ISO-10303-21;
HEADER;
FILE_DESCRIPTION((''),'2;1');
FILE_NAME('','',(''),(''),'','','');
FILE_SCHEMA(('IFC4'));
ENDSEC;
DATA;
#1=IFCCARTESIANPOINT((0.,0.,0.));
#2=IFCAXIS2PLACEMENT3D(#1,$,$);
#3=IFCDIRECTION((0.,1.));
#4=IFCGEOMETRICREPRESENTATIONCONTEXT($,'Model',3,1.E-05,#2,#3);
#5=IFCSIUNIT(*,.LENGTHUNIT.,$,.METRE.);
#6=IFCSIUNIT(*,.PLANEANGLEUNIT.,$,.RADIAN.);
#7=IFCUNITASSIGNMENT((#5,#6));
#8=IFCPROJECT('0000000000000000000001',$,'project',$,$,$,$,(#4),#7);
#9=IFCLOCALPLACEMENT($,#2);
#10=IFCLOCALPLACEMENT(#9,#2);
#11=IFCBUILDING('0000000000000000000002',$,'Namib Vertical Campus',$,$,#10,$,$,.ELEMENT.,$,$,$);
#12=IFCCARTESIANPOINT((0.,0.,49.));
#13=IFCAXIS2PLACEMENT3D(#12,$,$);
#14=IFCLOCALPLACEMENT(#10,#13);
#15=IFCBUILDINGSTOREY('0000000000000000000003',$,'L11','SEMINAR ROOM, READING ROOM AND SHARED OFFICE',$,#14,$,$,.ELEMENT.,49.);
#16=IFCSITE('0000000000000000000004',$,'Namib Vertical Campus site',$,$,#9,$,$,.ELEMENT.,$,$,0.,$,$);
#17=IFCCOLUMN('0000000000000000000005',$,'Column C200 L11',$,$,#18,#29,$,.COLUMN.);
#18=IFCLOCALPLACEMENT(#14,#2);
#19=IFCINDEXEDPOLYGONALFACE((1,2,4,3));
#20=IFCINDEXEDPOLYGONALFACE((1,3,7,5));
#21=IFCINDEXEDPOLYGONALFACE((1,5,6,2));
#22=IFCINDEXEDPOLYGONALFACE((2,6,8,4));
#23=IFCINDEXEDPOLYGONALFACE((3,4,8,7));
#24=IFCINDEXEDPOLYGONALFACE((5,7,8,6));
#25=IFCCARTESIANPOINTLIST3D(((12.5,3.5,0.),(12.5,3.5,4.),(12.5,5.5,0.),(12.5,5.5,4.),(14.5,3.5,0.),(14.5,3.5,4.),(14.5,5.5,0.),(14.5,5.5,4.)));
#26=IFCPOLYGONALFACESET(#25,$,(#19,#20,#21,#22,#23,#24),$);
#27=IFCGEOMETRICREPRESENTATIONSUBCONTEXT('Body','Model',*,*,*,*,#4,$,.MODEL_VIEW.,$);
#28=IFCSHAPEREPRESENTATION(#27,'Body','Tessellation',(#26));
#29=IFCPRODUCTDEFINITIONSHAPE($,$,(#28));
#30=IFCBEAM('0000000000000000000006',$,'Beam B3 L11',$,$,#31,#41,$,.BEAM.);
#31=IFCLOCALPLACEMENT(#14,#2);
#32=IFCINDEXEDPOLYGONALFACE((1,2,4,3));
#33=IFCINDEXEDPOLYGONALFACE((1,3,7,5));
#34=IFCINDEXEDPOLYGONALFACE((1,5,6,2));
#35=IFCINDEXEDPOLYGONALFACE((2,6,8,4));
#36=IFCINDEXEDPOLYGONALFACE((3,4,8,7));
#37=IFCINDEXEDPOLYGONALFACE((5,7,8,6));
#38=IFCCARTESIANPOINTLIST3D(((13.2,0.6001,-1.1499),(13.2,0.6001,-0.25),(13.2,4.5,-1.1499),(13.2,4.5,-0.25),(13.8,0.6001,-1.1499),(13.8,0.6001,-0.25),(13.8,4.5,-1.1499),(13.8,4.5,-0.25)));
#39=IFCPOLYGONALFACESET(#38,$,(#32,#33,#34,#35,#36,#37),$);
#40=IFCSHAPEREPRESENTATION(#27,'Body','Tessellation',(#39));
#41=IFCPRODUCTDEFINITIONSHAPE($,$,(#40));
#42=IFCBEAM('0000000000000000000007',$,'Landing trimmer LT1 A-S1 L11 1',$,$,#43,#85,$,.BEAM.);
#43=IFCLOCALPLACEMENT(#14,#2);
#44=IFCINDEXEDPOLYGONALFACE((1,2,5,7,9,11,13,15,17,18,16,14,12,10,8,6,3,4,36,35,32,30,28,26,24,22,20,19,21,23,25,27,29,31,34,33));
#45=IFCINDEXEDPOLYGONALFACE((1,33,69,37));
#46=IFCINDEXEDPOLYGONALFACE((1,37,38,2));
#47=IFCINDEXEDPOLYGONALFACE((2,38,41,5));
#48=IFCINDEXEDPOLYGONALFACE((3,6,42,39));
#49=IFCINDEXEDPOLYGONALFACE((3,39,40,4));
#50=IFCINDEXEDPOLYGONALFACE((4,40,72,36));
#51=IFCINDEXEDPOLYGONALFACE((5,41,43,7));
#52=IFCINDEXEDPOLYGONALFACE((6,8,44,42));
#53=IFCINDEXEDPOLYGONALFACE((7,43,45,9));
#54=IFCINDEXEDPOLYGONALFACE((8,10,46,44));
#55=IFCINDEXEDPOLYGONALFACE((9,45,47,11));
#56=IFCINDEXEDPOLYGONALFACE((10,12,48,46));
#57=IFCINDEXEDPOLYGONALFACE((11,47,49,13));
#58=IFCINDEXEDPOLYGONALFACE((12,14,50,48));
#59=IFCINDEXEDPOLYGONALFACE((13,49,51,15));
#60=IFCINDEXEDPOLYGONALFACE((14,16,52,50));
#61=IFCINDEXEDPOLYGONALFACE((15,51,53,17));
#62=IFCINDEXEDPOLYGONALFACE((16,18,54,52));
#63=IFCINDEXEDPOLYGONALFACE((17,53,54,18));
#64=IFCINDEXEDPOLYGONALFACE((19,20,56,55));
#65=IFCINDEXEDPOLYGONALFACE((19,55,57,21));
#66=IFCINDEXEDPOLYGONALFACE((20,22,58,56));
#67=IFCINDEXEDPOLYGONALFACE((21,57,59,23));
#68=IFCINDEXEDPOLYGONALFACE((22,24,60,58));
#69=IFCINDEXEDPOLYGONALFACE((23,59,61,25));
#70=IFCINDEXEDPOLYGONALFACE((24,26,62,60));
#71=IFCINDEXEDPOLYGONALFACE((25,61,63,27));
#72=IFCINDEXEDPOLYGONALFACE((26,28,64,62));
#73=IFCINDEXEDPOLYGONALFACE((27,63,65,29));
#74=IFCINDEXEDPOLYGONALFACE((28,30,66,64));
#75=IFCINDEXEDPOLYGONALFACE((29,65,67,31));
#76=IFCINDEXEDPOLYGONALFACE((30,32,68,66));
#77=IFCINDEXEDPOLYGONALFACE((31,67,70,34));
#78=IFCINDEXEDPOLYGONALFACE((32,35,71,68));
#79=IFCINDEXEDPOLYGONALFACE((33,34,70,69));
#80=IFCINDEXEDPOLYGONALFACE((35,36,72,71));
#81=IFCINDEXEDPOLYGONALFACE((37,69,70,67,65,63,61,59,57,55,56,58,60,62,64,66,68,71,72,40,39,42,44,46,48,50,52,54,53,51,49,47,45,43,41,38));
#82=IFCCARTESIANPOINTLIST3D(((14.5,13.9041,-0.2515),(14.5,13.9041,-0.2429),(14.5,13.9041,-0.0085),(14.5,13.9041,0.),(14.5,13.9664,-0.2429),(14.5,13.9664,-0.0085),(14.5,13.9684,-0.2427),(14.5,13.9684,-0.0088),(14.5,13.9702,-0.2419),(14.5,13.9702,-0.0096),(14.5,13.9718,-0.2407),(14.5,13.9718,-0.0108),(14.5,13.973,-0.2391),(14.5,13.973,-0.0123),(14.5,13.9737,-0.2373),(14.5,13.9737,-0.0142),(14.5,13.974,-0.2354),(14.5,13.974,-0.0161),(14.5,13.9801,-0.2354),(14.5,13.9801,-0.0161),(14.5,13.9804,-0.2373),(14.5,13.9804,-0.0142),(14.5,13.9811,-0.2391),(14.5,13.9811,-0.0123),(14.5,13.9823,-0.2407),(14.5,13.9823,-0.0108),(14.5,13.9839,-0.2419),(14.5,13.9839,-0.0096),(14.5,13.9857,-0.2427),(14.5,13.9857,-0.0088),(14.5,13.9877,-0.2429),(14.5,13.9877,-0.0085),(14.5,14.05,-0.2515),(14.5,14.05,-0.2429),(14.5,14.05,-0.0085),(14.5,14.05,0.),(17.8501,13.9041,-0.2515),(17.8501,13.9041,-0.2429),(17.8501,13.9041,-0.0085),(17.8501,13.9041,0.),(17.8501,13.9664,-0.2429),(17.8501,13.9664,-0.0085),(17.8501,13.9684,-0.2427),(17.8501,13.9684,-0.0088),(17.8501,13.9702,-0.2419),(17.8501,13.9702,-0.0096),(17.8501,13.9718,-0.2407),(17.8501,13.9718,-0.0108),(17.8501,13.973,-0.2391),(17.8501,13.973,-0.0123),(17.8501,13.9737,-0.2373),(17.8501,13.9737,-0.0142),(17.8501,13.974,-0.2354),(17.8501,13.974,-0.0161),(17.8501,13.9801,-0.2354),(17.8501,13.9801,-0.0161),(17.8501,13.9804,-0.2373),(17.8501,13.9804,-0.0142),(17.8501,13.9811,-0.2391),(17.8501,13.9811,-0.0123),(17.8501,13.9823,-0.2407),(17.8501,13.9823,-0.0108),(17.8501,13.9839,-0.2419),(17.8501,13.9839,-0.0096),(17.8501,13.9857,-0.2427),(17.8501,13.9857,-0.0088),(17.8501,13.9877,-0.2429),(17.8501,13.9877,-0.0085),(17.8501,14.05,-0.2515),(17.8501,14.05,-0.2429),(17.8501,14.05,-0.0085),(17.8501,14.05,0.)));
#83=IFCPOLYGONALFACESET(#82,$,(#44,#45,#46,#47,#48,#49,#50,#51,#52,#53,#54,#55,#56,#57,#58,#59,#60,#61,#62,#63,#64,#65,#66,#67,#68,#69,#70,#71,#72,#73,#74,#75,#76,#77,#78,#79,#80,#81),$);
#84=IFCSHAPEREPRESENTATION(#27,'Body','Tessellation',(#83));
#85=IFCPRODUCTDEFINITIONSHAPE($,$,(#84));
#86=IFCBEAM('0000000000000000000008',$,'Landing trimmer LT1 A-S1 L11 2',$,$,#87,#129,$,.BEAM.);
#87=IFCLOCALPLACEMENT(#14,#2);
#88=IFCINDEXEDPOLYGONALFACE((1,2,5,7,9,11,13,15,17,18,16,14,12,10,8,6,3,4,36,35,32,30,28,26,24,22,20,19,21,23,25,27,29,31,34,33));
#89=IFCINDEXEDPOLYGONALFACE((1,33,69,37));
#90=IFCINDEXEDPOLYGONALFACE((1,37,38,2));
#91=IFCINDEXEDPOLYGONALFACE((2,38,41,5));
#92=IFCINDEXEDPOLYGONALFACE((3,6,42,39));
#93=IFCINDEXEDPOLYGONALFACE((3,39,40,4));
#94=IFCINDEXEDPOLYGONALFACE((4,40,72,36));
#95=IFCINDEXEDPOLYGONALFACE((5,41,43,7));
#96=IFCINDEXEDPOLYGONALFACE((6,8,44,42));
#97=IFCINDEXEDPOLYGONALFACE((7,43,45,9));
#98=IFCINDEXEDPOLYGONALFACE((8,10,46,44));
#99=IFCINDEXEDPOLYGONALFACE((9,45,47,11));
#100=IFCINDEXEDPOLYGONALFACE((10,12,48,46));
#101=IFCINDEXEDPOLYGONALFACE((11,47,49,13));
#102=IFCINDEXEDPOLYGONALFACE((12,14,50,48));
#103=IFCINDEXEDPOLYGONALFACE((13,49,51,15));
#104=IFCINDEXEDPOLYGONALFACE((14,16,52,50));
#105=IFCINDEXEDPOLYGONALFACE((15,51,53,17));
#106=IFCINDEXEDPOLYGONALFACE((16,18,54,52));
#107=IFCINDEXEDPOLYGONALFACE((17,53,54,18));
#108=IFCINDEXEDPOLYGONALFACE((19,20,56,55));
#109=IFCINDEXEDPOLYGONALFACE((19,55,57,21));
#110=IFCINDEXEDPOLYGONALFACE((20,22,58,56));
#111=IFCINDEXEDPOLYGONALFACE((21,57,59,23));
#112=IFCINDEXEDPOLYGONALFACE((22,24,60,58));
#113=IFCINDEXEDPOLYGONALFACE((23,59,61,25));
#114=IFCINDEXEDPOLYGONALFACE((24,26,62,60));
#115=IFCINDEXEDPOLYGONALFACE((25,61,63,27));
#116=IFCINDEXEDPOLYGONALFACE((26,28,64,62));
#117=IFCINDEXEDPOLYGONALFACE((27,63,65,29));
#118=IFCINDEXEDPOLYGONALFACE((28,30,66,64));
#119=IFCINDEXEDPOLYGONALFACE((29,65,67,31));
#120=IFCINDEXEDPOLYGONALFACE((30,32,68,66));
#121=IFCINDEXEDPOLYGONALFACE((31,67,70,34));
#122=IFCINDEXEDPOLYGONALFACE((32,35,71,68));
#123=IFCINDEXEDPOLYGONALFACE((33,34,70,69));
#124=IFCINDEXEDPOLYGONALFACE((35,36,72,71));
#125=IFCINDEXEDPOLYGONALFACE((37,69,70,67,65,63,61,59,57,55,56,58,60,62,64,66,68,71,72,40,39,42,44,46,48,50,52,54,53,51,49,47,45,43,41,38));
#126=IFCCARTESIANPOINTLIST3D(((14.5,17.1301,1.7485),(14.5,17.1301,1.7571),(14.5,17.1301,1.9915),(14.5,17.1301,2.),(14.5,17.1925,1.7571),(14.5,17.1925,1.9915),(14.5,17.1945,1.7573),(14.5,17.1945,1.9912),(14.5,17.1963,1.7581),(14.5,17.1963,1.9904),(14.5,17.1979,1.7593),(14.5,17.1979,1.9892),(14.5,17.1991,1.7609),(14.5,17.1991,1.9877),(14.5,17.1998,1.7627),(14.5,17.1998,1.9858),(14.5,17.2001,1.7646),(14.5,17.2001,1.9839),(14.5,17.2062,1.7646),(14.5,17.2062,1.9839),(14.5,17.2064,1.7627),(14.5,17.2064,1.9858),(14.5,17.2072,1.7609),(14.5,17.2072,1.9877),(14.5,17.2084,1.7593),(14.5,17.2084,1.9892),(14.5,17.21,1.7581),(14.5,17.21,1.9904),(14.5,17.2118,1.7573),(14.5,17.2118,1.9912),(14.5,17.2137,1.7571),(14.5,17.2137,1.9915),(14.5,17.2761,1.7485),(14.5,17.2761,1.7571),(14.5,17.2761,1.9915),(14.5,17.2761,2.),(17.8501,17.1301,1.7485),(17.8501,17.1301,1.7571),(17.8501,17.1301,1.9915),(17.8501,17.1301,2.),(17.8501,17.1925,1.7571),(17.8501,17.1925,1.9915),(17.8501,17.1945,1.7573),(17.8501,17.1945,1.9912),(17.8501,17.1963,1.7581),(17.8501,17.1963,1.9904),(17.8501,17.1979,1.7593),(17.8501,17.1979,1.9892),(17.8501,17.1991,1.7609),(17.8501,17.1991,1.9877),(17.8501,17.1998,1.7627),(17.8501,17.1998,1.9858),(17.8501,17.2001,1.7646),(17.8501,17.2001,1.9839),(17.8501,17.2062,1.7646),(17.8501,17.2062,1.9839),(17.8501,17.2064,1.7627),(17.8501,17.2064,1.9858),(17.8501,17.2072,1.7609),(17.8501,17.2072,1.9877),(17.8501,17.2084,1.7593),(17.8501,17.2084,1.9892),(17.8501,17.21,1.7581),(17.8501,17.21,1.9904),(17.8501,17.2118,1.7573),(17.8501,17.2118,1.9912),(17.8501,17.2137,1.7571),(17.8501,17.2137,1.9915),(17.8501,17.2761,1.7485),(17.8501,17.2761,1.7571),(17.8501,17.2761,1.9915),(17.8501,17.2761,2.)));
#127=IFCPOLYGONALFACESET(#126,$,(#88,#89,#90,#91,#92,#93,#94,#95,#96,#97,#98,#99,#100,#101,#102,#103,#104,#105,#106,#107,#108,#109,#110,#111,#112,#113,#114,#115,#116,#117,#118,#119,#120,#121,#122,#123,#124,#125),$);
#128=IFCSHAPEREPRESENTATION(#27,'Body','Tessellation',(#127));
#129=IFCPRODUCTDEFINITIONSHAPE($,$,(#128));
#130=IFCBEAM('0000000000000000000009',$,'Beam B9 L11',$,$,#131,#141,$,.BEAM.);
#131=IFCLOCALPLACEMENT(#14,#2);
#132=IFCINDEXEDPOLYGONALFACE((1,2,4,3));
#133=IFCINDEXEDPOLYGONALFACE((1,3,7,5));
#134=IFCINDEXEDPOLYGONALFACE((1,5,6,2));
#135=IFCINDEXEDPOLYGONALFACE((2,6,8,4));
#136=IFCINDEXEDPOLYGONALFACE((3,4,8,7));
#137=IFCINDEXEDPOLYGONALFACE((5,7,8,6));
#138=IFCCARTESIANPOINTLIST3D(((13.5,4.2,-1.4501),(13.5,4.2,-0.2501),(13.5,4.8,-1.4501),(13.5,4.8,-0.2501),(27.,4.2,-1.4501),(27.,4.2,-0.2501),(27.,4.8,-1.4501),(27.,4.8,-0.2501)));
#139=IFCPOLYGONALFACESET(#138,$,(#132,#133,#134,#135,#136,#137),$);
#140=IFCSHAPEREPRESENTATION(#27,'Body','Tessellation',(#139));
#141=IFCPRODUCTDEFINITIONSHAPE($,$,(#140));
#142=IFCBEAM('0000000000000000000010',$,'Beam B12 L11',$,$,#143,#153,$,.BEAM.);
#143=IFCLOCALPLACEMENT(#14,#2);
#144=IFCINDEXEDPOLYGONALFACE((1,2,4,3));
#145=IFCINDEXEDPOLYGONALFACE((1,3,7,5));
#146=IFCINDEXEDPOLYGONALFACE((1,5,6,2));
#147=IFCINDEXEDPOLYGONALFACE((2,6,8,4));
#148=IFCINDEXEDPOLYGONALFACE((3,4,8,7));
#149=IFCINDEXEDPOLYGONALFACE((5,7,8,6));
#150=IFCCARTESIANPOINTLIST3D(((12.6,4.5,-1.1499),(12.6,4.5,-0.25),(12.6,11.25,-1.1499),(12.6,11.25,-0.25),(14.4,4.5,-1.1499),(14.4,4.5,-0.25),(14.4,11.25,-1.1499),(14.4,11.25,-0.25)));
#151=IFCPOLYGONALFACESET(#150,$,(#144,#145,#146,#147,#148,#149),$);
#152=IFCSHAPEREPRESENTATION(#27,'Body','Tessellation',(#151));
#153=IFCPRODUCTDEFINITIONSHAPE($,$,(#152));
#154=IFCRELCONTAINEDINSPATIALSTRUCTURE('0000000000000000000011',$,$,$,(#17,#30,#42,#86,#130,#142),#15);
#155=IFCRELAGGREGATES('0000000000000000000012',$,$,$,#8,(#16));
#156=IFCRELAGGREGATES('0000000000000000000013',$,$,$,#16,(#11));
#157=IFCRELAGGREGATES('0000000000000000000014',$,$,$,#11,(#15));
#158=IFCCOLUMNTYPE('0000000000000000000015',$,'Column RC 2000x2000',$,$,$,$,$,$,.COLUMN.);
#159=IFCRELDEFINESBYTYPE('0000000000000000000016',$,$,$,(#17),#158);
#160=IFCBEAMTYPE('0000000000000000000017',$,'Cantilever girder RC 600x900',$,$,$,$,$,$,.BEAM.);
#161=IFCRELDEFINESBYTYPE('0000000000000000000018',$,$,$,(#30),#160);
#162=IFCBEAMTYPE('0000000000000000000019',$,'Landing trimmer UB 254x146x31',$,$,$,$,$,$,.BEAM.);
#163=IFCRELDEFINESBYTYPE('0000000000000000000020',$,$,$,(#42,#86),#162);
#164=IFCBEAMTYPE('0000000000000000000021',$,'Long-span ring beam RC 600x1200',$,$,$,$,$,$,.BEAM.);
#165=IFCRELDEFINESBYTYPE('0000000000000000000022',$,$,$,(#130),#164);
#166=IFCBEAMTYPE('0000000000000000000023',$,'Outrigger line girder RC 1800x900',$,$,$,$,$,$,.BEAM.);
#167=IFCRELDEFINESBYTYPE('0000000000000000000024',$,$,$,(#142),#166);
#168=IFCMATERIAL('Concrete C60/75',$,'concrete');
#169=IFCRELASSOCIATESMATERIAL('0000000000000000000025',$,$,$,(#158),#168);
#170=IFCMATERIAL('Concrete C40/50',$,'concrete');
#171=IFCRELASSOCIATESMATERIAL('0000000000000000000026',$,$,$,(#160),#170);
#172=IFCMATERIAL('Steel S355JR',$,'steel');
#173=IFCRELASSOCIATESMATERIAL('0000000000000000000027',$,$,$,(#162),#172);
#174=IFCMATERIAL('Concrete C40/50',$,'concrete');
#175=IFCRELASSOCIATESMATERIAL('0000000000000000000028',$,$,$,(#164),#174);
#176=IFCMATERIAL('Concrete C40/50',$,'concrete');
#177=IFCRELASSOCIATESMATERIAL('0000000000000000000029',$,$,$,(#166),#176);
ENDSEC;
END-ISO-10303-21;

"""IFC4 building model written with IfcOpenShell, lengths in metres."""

from ifc_helpers import new_model, si_unit, direction, frame, origin, origin_2d, place, context, subcontext, project, spatial, rectangle, i_section, extrude, material, material_profile, profile_set, type_object, element, save


model = new_model("IFC4")

# Units and contexts
model_context = context("Model", 3, precision=1e-05, world=origin(), true_north=direction((0.0, 1.0)))
body_context = subcontext(model_context, "Body", "Model", "MODEL_VIEW")
ifc_project = project(units=[si_unit("LENGTHUNIT", "METRE"), si_unit("PLANEANGLEUNIT", "RADIAN")], contexts=[model_context])

# Site, building, storey
site_placement = place(None, origin())
site = spatial("IfcSite", under=ifc_project, at=site_placement, Name="Namib Vertical Campus site", CompositionType="ELEMENT", RefElevation=0.0)
building_placement = place(site_placement, origin())
building = spatial("IfcBuilding", under=site, at=building_placement, Name="Namib Vertical Campus", CompositionType="ELEMENT")
storey_placement = place(building_placement, frame((0.0, 0.0, 49.0)))
storey = spatial("IfcBuildingStorey", under=building, at=storey_placement, Name="L11", Description="SEMINAR ROOM, READING ROOM AND SHARED OFFICE", CompositionType="ELEMENT", Elevation=49.0)

# Column
ifc_material_1 = material(Name="Concrete C60/75", Category="concrete")
ifc_material_profile_1 = material_profile(ifc_material_1, rectangle(XDim=2.0, YDim=2.0, at=origin_2d()))
ifc_profile_set_1 = profile_set([ifc_material_profile_1], Name="Concrete C60/75")
column_type = type_object("IfcColumnType", Name="Column RC 2000x2000", PredefinedType="COLUMN", material=ifc_profile_set_1)
column_placement = place(storey_placement, frame((13.5, 4.5, 0.0), z_axis=(0.0, 0.0, 1.0), x_axis=(1.0, 0.0, 0.0)))
element("IfcColumn", 1, at=column_placement, inside=storey, type_object=column_type, Name="Column C200 L11", PredefinedType="COLUMN", context=body_context, shape_type="SweptSolid", body=[
    extrude(rectangle(XDim=2.0, YDim=2.0, at=origin_2d()), origin(), (0.0, 0.0, 1.0), 4.0),
])

# Beams
ifc_material_2 = material(Name="Concrete C40/50", Category="concrete")
ifc_material_profile_2 = material_profile(ifc_material_2, rectangle(XDim=0.6001, YDim=0.8999, at=origin_2d()))
ifc_profile_set_2 = profile_set([ifc_material_profile_2], Name="Concrete C40/50")
beam_type_1 = type_object("IfcBeamType", Name="Cantilever girder RC 600x900", PredefinedType="BEAM", material=ifc_profile_set_2)
beam_1_placement = place(storey_placement, frame((13.5, 4.5, -0.7), z_axis=(0.0, -1.0, 0.0), x_axis=(1.0, 0.0, 0.0)))
element("IfcBeam", 2, at=beam_1_placement, inside=storey, type_object=beam_type_1, Name="Beam B3 L11", PredefinedType="BEAM", context=body_context, shape_type="SweptSolid", body=[
    extrude(rectangle(XDim=0.6001, YDim=0.8999, at=origin_2d()), origin(), (0.0, 0.0, 1.0), 3.8999),
])
ifc_material_3 = material(Name="Steel S355JR", Category="steel")
ifc_material_profile_3 = material_profile(ifc_material_3, i_section(OverallWidth=0.146, OverallDepth=0.2515, WebThickness=0.0061, FlangeThickness=0.0085, FilletRadius=0.0076, at=origin_2d()))
ifc_profile_set_3 = profile_set([ifc_material_profile_3], Name="Steel S355JR")
beam_type_2 = type_object("IfcBeamType", Name="Landing trimmer UB 254x146x31", PredefinedType="BEAM", material=ifc_profile_set_3)
for number, where, z_axis, x_axis, name in (
    (3, (14.5, 13.9771, -0.1257), (1.0, 0.0, 0.0), (0.0, 1.0, 0.0), "Landing trimmer LT1 A-S1 L11 1"),
    (4, (14.5, 17.2031, 1.8743), (1.0, 0.0, 0.0), (0.0, 1.0, 0.0), "Landing trimmer LT1 A-S1 L11 2"),
):
    element("IfcBeam", number, at=place(storey_placement, frame(where, z_axis=z_axis, x_axis=x_axis)), inside=storey, type_object=beam_type_2, Name=name, PredefinedType="BEAM", context=body_context, shape_type="SweptSolid", body=[
        extrude(i_section(OverallWidth=0.146, OverallDepth=0.2515, WebThickness=0.0061, FlangeThickness=0.0085, FilletRadius=0.0076, at=origin_2d()), origin(), (0.0, 0.0, 1.0), 3.3501),
    ])
ifc_material_4 = material(Name="Concrete C40/50", Category="concrete")
ifc_material_profile_4 = material_profile(ifc_material_4, rectangle(XDim=0.6001, YDim=1.2, at=origin_2d()))
ifc_profile_set_4 = profile_set([ifc_material_profile_4], Name="Concrete C40/50")
beam_type_3 = type_object("IfcBeamType", Name="Long-span ring beam RC 600x1200", PredefinedType="BEAM", material=ifc_profile_set_4)
beam_2_placement = place(storey_placement, frame((13.5, 4.5, -0.8501), z_axis=(1.0, 0.0, 0.0), x_axis=(0.0, 1.0, 0.0)))
element("IfcBeam", 5, at=beam_2_placement, inside=storey, type_object=beam_type_3, Name="Beam B9 L11", PredefinedType="BEAM", context=body_context, shape_type="SweptSolid", body=[
    extrude(rectangle(XDim=0.6001, YDim=1.2, at=origin_2d()), origin(), (0.0, 0.0, 1.0), 13.5),
])
ifc_material_5 = material(Name="Concrete C40/50", Category="concrete")
ifc_material_profile_5 = material_profile(ifc_material_5, rectangle(XDim=1.8, YDim=0.8999, at=origin_2d()))
ifc_profile_set_5 = profile_set([ifc_material_profile_5], Name="Concrete C40/50")
beam_type_4 = type_object("IfcBeamType", Name="Outrigger line girder RC 1800x900", PredefinedType="BEAM", material=ifc_profile_set_5)
beam_3_placement = place(storey_placement, frame((13.5, 4.5, -0.7), z_axis=(0.0, 1.0, 0.0), x_axis=(-1.0, 0.0, 0.0)))
element("IfcBeam", 6, at=beam_3_placement, inside=storey, type_object=beam_type_4, Name="Beam B12 L11", PredefinedType="BEAM", context=body_context, shape_type="SweptSolid", body=[
    extrude(rectangle(XDim=1.8, YDim=0.8999, at=origin_2d()), origin(), (0.0, 0.0, 1.0), 6.75),
])

save(model, "model.ifc")
